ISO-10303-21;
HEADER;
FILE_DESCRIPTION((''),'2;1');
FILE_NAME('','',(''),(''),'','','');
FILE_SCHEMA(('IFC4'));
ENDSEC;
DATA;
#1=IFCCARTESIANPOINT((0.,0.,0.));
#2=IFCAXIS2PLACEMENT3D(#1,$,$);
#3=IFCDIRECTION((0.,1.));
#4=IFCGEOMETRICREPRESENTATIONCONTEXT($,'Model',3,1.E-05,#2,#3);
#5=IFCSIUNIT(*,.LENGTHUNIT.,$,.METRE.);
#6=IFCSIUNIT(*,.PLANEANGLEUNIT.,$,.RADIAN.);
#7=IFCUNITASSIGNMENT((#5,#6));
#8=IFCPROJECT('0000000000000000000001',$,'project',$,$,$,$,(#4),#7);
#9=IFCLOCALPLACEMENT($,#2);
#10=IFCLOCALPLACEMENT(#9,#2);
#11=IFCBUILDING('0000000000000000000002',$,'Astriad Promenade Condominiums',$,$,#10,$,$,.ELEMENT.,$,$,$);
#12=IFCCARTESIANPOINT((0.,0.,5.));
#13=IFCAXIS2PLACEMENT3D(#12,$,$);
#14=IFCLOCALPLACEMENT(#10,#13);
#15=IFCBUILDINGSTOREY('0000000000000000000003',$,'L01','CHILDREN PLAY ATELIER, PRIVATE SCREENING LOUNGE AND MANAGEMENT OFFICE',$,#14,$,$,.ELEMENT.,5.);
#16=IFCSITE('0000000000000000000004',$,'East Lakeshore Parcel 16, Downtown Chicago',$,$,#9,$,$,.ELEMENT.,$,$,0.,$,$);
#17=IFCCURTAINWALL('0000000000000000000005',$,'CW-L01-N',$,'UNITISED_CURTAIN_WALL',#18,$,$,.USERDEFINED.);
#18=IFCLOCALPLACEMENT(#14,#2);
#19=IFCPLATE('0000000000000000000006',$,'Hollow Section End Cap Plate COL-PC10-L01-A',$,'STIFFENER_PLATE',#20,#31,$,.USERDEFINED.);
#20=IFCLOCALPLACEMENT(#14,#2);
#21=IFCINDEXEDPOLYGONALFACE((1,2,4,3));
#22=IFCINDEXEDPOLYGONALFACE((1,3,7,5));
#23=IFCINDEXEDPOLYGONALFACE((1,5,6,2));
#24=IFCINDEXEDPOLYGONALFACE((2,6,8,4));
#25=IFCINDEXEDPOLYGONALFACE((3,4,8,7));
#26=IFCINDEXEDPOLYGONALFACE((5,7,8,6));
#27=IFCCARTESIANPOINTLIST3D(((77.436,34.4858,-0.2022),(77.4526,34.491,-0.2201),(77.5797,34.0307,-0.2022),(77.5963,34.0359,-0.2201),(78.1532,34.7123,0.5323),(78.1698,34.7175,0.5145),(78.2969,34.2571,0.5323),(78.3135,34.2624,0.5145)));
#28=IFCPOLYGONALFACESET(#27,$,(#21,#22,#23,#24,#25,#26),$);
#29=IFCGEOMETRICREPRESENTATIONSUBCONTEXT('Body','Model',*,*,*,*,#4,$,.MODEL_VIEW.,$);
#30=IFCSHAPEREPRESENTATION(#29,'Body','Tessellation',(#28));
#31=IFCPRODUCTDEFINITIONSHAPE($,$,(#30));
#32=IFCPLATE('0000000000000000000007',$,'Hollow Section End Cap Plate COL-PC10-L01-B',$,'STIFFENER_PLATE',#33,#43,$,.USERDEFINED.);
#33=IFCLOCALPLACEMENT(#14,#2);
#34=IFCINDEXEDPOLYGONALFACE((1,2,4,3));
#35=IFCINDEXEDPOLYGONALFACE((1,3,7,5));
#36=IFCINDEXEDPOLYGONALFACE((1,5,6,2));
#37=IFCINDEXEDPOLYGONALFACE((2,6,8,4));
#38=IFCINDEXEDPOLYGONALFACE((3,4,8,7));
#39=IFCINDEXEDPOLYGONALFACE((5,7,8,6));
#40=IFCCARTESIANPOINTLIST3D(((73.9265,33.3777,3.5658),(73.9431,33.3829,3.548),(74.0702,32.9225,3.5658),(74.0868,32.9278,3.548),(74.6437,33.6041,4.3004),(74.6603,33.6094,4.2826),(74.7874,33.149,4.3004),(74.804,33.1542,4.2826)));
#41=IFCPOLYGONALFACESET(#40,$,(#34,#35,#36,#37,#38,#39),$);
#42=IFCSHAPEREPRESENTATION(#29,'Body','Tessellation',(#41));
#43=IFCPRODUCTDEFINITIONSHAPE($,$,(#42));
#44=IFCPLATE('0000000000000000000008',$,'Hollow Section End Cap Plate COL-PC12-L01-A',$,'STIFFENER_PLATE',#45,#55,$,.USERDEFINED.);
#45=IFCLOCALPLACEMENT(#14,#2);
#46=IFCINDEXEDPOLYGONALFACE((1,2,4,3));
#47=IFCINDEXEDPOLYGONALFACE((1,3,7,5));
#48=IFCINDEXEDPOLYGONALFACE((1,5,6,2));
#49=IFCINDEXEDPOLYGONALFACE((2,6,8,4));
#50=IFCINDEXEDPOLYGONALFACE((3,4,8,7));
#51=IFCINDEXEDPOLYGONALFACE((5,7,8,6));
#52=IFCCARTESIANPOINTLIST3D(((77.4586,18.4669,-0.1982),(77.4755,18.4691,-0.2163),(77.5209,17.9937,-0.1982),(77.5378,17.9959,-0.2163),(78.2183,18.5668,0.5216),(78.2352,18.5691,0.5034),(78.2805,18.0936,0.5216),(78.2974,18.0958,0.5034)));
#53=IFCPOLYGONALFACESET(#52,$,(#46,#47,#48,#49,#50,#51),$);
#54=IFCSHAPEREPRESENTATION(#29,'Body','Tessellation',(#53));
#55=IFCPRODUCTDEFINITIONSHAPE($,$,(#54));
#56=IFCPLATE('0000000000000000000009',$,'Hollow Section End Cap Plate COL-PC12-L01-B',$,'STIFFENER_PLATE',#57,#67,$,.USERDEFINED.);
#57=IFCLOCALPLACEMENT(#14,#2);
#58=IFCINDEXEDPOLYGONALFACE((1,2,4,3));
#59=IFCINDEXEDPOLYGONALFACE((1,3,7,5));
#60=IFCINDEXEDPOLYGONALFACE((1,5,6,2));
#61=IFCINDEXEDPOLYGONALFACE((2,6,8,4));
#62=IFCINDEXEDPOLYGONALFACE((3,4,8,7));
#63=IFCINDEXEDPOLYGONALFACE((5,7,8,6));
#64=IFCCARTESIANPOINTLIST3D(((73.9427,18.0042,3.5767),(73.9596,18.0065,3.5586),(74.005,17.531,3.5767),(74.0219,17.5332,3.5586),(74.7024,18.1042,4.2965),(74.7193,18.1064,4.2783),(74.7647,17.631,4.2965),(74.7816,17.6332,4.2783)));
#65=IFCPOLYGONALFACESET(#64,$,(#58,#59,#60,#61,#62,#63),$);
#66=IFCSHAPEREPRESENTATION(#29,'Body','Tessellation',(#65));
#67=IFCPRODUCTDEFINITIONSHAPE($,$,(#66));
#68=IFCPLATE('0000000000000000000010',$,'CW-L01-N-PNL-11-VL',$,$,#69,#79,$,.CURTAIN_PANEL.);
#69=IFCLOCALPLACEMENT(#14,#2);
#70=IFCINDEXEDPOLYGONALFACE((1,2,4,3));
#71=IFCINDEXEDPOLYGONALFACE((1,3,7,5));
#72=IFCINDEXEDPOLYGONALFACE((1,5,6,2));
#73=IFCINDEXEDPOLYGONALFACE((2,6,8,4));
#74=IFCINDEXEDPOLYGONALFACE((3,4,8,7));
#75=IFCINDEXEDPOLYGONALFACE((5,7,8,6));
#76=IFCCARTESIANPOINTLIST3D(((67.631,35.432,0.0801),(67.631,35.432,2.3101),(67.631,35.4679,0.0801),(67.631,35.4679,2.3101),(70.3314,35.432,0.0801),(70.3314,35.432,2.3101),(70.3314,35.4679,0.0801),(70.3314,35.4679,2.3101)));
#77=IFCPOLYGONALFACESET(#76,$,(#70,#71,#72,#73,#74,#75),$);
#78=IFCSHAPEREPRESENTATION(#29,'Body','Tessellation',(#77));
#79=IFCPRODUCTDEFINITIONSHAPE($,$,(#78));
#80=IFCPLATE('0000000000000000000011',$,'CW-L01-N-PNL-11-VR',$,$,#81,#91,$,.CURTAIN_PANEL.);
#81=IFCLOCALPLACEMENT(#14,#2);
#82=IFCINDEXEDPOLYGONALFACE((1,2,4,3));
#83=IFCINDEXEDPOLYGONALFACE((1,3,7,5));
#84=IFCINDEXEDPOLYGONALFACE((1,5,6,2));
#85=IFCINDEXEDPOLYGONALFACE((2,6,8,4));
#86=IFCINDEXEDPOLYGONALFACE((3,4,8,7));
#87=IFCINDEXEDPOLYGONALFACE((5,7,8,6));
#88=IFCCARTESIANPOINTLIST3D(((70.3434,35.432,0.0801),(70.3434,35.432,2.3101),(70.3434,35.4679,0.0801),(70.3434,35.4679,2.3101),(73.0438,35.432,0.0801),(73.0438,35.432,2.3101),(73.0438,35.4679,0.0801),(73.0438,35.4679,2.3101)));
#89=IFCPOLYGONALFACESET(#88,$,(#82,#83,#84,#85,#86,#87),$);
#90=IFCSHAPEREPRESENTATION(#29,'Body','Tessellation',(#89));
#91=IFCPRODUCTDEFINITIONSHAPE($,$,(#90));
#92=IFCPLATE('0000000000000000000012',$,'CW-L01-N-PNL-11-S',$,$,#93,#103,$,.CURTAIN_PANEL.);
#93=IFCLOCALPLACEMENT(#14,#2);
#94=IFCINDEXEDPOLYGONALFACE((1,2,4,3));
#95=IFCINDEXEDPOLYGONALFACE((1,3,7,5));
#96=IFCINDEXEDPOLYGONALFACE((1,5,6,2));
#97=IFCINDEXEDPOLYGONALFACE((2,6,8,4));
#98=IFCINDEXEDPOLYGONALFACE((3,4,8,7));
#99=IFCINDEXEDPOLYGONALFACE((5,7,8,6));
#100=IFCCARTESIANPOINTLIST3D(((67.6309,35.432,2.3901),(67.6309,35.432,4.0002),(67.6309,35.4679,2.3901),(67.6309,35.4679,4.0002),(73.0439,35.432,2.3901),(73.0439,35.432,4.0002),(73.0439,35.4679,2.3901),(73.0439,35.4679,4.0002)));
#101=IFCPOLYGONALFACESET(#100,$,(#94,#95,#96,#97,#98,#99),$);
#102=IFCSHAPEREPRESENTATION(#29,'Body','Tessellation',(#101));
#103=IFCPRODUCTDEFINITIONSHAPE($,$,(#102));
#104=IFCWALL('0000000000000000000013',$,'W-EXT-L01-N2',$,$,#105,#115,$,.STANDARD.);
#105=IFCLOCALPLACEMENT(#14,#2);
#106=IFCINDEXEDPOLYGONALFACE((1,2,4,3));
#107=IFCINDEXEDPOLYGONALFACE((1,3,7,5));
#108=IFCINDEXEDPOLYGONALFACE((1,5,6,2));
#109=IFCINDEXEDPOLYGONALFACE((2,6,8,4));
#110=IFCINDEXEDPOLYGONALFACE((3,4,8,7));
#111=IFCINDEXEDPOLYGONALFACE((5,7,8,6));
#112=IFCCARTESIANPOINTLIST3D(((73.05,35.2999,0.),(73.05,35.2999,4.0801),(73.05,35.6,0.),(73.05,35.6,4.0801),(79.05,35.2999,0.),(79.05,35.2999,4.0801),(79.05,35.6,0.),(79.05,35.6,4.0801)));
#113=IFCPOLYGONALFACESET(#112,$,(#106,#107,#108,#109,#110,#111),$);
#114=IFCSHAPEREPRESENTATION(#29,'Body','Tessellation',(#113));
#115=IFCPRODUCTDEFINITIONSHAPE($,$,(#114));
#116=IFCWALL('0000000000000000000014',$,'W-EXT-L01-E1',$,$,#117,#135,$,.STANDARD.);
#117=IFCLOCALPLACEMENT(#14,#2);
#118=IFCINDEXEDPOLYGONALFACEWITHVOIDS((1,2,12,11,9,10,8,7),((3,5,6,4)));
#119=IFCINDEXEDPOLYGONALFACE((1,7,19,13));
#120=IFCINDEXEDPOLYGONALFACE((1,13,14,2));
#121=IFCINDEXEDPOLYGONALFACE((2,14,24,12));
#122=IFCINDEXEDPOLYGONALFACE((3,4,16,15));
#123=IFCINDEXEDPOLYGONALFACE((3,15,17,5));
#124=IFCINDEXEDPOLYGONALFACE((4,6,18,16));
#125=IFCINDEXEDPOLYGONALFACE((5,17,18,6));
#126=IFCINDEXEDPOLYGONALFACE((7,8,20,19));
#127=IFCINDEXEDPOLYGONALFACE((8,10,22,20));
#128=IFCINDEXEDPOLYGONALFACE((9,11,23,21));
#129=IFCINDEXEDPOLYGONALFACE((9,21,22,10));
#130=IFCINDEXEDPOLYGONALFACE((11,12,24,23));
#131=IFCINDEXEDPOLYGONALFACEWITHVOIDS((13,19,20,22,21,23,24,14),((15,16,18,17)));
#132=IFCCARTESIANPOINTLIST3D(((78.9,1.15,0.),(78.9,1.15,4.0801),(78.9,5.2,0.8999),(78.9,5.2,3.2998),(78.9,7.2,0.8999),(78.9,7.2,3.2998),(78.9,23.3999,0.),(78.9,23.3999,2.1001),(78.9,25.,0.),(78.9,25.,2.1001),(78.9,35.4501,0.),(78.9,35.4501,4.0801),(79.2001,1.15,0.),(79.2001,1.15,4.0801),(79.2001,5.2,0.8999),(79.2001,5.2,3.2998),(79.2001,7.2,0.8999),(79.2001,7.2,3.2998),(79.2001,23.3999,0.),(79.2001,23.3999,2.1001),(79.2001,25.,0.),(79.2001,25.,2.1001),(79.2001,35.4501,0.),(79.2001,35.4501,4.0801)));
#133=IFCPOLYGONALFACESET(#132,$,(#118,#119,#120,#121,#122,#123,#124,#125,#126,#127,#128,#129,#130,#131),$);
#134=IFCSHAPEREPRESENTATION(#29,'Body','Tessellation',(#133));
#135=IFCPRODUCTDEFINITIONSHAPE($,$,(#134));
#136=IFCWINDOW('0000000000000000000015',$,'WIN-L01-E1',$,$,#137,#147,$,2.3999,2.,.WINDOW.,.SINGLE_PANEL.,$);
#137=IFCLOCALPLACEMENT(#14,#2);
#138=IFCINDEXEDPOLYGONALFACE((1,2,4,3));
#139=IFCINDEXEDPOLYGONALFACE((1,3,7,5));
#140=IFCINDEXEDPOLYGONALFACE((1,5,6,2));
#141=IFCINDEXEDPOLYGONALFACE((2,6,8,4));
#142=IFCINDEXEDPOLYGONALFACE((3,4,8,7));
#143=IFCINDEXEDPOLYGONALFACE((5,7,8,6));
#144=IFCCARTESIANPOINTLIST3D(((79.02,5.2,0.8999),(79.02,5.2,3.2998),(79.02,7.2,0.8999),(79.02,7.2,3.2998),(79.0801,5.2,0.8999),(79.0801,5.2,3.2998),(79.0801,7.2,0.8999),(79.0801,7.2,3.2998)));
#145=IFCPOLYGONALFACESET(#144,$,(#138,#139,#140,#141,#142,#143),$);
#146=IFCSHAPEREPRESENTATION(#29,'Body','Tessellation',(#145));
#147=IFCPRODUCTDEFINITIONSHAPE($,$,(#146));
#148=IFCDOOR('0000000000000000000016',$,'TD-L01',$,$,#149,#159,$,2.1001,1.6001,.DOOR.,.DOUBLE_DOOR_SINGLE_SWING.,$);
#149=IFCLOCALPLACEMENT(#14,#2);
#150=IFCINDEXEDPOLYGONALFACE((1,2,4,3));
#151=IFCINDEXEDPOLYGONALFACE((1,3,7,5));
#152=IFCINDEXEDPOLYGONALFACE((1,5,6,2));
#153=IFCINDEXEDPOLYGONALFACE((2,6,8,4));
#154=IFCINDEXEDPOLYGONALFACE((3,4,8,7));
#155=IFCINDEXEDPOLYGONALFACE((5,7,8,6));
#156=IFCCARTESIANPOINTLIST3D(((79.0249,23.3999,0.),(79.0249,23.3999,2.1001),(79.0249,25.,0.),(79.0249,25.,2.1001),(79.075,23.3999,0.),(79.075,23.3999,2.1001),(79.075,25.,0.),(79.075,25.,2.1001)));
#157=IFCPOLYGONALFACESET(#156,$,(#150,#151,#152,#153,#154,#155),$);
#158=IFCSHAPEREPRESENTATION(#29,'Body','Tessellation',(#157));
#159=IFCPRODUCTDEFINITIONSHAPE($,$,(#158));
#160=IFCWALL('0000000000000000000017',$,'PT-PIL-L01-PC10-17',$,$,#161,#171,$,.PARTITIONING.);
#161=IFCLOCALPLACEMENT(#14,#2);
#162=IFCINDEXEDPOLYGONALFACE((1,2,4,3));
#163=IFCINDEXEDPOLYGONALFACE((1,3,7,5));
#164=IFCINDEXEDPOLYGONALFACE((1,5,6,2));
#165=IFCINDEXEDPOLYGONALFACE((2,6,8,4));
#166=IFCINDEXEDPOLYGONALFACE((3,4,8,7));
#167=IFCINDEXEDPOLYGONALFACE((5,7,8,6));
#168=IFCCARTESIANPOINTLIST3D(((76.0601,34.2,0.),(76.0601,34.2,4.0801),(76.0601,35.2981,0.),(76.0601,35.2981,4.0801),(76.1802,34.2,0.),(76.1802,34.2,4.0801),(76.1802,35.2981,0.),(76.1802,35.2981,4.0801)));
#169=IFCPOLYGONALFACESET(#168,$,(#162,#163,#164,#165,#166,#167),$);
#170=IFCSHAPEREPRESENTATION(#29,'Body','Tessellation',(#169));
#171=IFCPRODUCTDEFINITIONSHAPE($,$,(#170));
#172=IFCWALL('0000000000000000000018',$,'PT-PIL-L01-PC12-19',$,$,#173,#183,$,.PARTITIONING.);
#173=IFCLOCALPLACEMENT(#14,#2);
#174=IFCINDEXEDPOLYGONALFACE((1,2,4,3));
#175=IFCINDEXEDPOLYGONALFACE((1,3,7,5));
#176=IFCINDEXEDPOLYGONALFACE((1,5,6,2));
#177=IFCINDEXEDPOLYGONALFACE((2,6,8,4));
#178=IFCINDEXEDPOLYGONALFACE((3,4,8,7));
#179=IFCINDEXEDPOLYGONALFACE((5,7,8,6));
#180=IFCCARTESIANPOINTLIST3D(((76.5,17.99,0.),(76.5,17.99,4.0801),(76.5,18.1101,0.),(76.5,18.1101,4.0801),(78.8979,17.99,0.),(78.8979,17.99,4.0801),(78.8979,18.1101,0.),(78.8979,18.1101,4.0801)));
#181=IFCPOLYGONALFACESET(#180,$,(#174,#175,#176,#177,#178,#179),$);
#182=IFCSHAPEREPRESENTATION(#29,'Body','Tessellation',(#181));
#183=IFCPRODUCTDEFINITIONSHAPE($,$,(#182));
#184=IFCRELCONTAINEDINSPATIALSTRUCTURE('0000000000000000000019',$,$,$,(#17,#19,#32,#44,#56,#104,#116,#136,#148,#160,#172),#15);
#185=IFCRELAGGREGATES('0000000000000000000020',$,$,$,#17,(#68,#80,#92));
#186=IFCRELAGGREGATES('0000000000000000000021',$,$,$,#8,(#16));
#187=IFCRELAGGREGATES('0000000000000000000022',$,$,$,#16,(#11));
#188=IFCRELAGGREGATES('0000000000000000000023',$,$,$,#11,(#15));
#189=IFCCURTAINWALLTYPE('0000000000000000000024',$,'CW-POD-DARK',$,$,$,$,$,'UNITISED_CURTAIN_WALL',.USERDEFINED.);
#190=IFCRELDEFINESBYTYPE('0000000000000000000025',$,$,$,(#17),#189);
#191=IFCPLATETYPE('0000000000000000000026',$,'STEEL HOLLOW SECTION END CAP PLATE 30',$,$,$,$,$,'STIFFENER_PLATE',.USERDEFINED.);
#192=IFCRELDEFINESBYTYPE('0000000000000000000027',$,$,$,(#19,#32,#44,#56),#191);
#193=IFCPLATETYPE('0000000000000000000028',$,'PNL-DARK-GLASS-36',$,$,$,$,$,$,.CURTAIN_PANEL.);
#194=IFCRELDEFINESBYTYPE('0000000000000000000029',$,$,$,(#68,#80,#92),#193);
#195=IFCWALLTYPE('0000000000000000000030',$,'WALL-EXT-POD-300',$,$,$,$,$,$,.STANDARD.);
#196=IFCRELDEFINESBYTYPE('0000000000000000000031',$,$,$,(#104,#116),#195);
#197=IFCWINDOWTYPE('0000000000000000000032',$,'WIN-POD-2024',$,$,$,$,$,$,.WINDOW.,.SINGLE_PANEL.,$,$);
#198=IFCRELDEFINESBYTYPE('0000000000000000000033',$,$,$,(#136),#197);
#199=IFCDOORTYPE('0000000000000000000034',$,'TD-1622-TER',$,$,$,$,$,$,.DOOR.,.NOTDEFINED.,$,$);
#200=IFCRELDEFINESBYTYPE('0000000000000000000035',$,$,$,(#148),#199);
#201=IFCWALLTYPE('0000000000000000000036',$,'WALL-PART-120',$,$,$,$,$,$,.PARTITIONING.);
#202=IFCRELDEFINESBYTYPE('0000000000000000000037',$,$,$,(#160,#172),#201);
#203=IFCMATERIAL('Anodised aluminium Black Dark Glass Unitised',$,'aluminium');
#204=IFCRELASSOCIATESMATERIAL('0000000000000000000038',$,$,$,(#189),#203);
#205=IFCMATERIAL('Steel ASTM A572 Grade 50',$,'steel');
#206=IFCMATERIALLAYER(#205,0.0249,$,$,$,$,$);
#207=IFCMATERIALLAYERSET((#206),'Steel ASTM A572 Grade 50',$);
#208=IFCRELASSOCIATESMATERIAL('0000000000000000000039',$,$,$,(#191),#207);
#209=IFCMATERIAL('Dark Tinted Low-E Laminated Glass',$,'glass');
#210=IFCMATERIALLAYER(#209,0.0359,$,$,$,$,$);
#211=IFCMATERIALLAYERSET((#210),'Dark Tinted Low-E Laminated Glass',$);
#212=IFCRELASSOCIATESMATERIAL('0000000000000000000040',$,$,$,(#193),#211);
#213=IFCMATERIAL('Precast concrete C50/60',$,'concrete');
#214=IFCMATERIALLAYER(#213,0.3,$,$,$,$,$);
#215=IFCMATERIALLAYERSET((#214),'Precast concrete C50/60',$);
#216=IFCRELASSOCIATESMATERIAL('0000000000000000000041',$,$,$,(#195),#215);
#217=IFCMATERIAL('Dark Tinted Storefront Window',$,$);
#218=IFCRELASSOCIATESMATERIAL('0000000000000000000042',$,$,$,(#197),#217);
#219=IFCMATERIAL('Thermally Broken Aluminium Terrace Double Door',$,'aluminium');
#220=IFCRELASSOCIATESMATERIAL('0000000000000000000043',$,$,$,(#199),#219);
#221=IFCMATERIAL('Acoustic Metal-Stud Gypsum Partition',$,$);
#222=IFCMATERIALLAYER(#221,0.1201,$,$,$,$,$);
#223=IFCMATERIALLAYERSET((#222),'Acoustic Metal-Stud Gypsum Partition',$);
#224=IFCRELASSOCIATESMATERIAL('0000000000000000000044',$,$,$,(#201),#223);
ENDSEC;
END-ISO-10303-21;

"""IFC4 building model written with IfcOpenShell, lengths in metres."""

from ifc_helpers import new_model, si_unit, direction, frame, frame_2d, origin, origin_2d, place, context, subcontext, project, spatial, rectangle, extrude, source, transform, mapped, material, layer, layer_set, type_object, type_shapes, element, fill, aggregate, save


model = new_model("IFC4")

# Units and contexts
model_context = context("Model", 3, precision=1e-05, world=origin(), true_north=direction((0.0, 1.0)))
body_context = subcontext(model_context, "Body", "Model", "MODEL_VIEW")
ifc_project = project(units=[si_unit("LENGTHUNIT", "METRE"), si_unit("PLANEANGLEUNIT", "RADIAN")], contexts=[model_context])

# Site, building, storey
site_placement = place(None, origin())
site = spatial("IfcSite", under=ifc_project, at=site_placement, Name="East Lakeshore Parcel 16, Downtown Chicago", CompositionType="ELEMENT", RefElevation=0.0)
building_placement = place(site_placement, origin())
building = spatial("IfcBuilding", under=site, at=building_placement, Name="Astriad Promenade Condominiums", CompositionType="ELEMENT")
storey_placement = place(building_placement, frame((0.0, 0.0, 5.0)))
storey = spatial("IfcBuildingStorey", under=building, at=storey_placement, Name="L01", Description="CHILDREN PLAY ATELIER, PRIVATE SCREENING LOUNGE AND MANAGEMENT OFFICE", CompositionType="ELEMENT", Elevation=5.0)

# Curtain wall
ifc_material_1 = material(Name="Anodised aluminium Black Dark Glass Unitised", Category="aluminium")
curtain_wall_type = type_object("IfcCurtainWallType", Name="CW-POD-DARK", ElementType="UNITISED_CURTAIN_WALL", PredefinedType="USERDEFINED", material=ifc_material_1)
curtain_wall_placement = place(storey_placement, origin())
curtain_wall = element("IfcCurtainWall", 1, at=curtain_wall_placement, inside=storey, type_object=curtain_wall_type, Name="CW-L01-N", ObjectType="UNITISED_CURTAIN_WALL", PredefinedType="USERDEFINED")

# Plates
ifc_material_2 = material(Name="Steel ASTM A572 Grade 50", Category="steel")
ifc_layer_1 = layer(ifc_material_2, 0.0249)
ifc_layer_set_1 = layer_set([ifc_layer_1], Name="Steel ASTM A572 Grade 50")
plate_type_1 = type_object("IfcPlateType", Name="STEEL HOLLOW SECTION END CAP PLATE 30", ElementType="STIFFENER_PLATE", PredefinedType="USERDEFINED", material=ifc_layer_set_1)
shared_shape_1 = source(origin(), body_context, "Body", "SweptSolid", [
    extrude(rectangle(XDim=0.4773, YDim=1.0513, at=origin_2d()), origin(), (0.0, 0.0, 1.0), 0.0249),
])
type_shapes(plate_type_1, [shared_shape_1])
for number, where, z_axis, x_axis, name in (
    (2, (77.8831, 34.3767, 0.1472), (-0.666293, -0.210398, 0.715392), (0.301118, -0.953587, 0.0), "Hollow Section End Cap Plate COL-PC10-L01-A"),
    (3, (74.3735, 33.2686, 3.9153), (-0.666293, -0.210398, 0.715392), (0.301118, -0.953587, 0.0), "Hollow Section End Cap Plate COL-PC10-L01-B"),
    (4, (77.8865, 18.2825, 0.1436), (-0.678827, -0.089325, 0.728845), (0.130463, -0.991453, 0.0), "Hollow Section End Cap Plate COL-PC12-L01-A"),
    (5, (74.3706, 17.8198, 3.9185), (-0.678827, -0.089325, 0.728845), (0.130463, -0.991453, 0.0), "Hollow Section End Cap Plate COL-PC12-L01-B"),
):
    element("IfcPlate", number, at=place(storey_placement, frame(where, z_axis=z_axis, x_axis=x_axis)), inside=storey, type_object=plate_type_1, Name=name, ObjectType="STIFFENER_PLATE", PredefinedType="USERDEFINED", context=body_context, shape_type="MappedRepresentation", body=[
        mapped(shared_shape_1, transform((0.0, 0.0, 0.0), scale=1.0)),
    ])

# Plates
ifc_material_3 = material(Name="Dark Tinted Low-E Laminated Glass", Category="glass")
ifc_layer_2 = layer(ifc_material_3, 0.0359)
ifc_layer_set_2 = layer_set([ifc_layer_2], Name="Dark Tinted Low-E Laminated Glass")
plate_type_2 = type_object("IfcPlateType", Name="PNL-DARK-GLASS-36", PredefinedType="CURTAIN_PANEL", material=ifc_layer_set_2)
shared_shape_2 = source(origin(), body_context, "Body", "SweptSolid", [
    extrude(rectangle(XDim=2.7004, YDim=0.0359, at=origin_2d()), origin(), (0.0, 0.0, 1.0), 2.23),
])
plate_1_placement = place(storey_placement, frame((68.9812, 35.45, 0.0801), z_axis=(0.0, 0.0, 1.0), x_axis=(1.0, 0.0, 0.0)))
plate_1 = element("IfcPlate", 6, at=plate_1_placement, type_object=plate_type_2, Name="CW-L01-N-PNL-11-VL", PredefinedType="CURTAIN_PANEL", context=body_context, shape_type="MappedRepresentation", body=[
    mapped(shared_shape_2, transform((0.0, 0.0, 0.0), scale=1.0)),
])
plate_2_placement = place(storey_placement, frame((71.6936, 35.45, 0.0801), z_axis=(0.0, 0.0, 1.0), x_axis=(1.0, 0.0, 0.0)))
plate_2 = element("IfcPlate", 7, at=plate_2_placement, type_object=plate_type_2, Name="CW-L01-N-PNL-11-VR", PredefinedType="CURTAIN_PANEL", context=body_context, shape_type="MappedRepresentation", body=[
    mapped(shared_shape_2, transform((0.0, 0.0, 0.0), scale=1.0)),
])
shared_shape_3 = source(origin(), body_context, "Body", "SweptSolid", [
    extrude(rectangle(XDim=5.4131, YDim=0.0359, at=origin_2d()), origin(), (0.0, 0.0, 1.0), 1.6101),
])
type_shapes(plate_type_2, [shared_shape_2, shared_shape_3])
plate_3_placement = place(storey_placement, frame((70.3374, 35.45, 2.3901), z_axis=(0.0, 0.0, 1.0), x_axis=(1.0, 0.0, 0.0)))
plate_3 = element("IfcPlate", 8, at=plate_3_placement, type_object=plate_type_2, Name="CW-L01-N-PNL-11-S", PredefinedType="CURTAIN_PANEL", context=body_context, shape_type="MappedRepresentation", body=[
    mapped(shared_shape_3, transform((0.0, 0.0, 0.0), scale=1.0)),
])
aggregate(curtain_wall, [plate_1, plate_2, plate_3])

# Wall
ifc_material_4 = material(Name="Precast concrete C50/60", Category="concrete")
ifc_layer_3 = layer(ifc_material_4, 0.3)
ifc_layer_set_3 = layer_set([ifc_layer_3], Name="Precast concrete C50/60")
wall_type_1 = type_object("IfcWallType", Name="WALL-EXT-POD-300", PredefinedType="STANDARD", material=ifc_layer_set_3)
wall_1_placement = place(storey_placement, frame((73.05, 35.45, 0.0), z_axis=(0.0, 0.0, 1.0), x_axis=(1.0, 0.0, 0.0)))
element("IfcWall", 9, at=wall_1_placement, inside=storey, type_object=wall_type_1, Name="W-EXT-L01-N2", PredefinedType="STANDARD", context=body_context, shape_type="SweptSolid", body=[
    extrude(rectangle(XDim=6.0, YDim=0.3, at=frame_2d((3.0, 0.0))), origin(), (0.0, 0.0, 1.0), 4.0801),
])

# Wall, openings, window, door
wall_2_placement = place(storey_placement, frame((79.05, 35.45, 0.0), z_axis=(0.0, 0.0, 1.0), x_axis=(0.0, -1.0, 0.0)))
wall_2 = element("IfcWall", 10, at=wall_2_placement, inside=storey, type_object=wall_type_1, Name="W-EXT-L01-E1", PredefinedType="STANDARD", context=body_context, shape_type="SweptSolid", body=[
    extrude(rectangle(XDim=34.3, YDim=0.3, at=frame_2d((17.1499, 0.0))), origin(), (0.0, 0.0, 1.0), 4.0801),
])
opening_1_placement = place(wall_2_placement, frame((10.45, 0.0, 0.0)))
opening_1 = element("IfcOpeningElement", 11, at=opening_1_placement, cuts=wall_2, PredefinedType="OPENING", context=body_context, shape_type="SweptSolid", body=[
    extrude(rectangle(XDim=1.6001, YDim=2.1001, at=frame_2d((0.8, 1.05))), frame((0.0, 0.1599, 0.0), z_axis=(0.0, -1.0, 0.0), x_axis=(1.0, 0.0, 0.0)), (0.0, 0.0, 1.0), 0.3201),
])
opening_2_placement = place(wall_2_placement, frame((28.25, 0.0, 0.8999)))
opening_2 = element("IfcOpeningElement", 12, at=opening_2_placement, cuts=wall_2, PredefinedType="OPENING", context=body_context, shape_type="SweptSolid", body=[
    extrude(rectangle(XDim=2.0, YDim=2.3999, at=frame_2d((1.0, 1.2))), frame((0.0, 0.1599, 0.0), z_axis=(0.0, -1.0, 0.0), x_axis=(1.0, 0.0, 0.0)), (0.0, 0.0, 1.0), 0.3201),
])
ifc_material_5 = material(Name="Dark Tinted Storefront Window")
window_type = type_object("IfcWindowType", Name="WIN-POD-2024", PartitioningType="SINGLE_PANEL", PredefinedType="WINDOW", material=ifc_material_5)
shared_shape_4 = source(origin(), body_context, "Body", "SweptSolid", [
    extrude(rectangle(XDim=2.0, YDim=2.3999, at=frame_2d((1.0, 1.2))), frame((0.0, 0.03, 0.0), z_axis=(0.0, -1.0, 0.0), x_axis=(1.0, 0.0, 0.0)), (0.0, 0.0, 1.0), 0.0601),
])
type_shapes(window_type, [shared_shape_4])
window_placement = place(opening_2_placement, origin())
window = element("IfcWindow", 13, at=window_placement, inside=storey, type_object=window_type, Name="WIN-L01-E1", OverallHeight=2.3999, OverallWidth=2.0, PartitioningType="SINGLE_PANEL", PredefinedType="WINDOW", context=body_context, shape_type="MappedRepresentation", body=[
    mapped(shared_shape_4, transform((0.0, 0.0, 0.0), scale=1.0)),
])
fill(opening_2, window)
ifc_material_6 = material(Name="Thermally Broken Aluminium Terrace Double Door", Category="aluminium")
door_type = type_object("IfcDoorType", Name="TD-1622-TER", OperationType="NOTDEFINED", PredefinedType="DOOR", material=ifc_material_6)
shared_shape_5 = source(origin(), body_context, "Body", "SweptSolid", [
    extrude(rectangle(XDim=1.6001, YDim=2.1001, at=frame_2d((0.8, 1.05))), frame((0.0, 0.0249, 0.0), z_axis=(0.0, -1.0, 0.0), x_axis=(1.0, 0.0, 0.0)), (0.0, 0.0, 1.0), 0.05),
])
type_shapes(door_type, [shared_shape_5])
door_placement = place(opening_1_placement, origin())
door = element("IfcDoor", 14, at=door_placement, inside=storey, type_object=door_type, Name="TD-L01", OperationType="DOUBLE_DOOR_SINGLE_SWING", OverallHeight=2.1001, OverallWidth=1.6001, PredefinedType="DOOR", context=body_context, shape_type="MappedRepresentation", body=[
    mapped(shared_shape_5, transform((0.0, 0.0, 0.0), scale=1.0)),
])
fill(opening_1, door)

# Walls
ifc_material_7 = material(Name="Acoustic Metal-Stud Gypsum Partition")
ifc_layer_4 = layer(ifc_material_7, 0.1201)
ifc_layer_set_4 = layer_set([ifc_layer_4], Name="Acoustic Metal-Stud Gypsum Partition")
wall_type_2 = type_object("IfcWallType", Name="WALL-PART-120", PredefinedType="PARTITIONING", material=ifc_layer_set_4)
wall_3_placement = place(storey_placement, frame((76.1201, 34.2, 0.0), z_axis=(0.0, 0.0, 1.0), x_axis=(0.0, 1.0, 0.0)))
element("IfcWall", 15, at=wall_3_placement, inside=storey, type_object=wall_type_2, Name="PT-PIL-L01-PC10-17", PredefinedType="PARTITIONING", context=body_context, shape_type="SweptSolid", body=[
    extrude(rectangle(XDim=1.0981, YDim=0.1201, at=frame_2d((0.5491, 0.0))), origin(), (0.0, 0.0, 1.0), 4.0801),
])
wall_4_placement = place(storey_placement, frame((76.5, 18.05, 0.0), z_axis=(0.0, 0.0, 1.0), x_axis=(1.0, 0.0, 0.0)))
element("IfcWall", 16, at=wall_4_placement, inside=storey, type_object=wall_type_2, Name="PT-PIL-L01-PC12-19", PredefinedType="PARTITIONING", context=body_context, shape_type="SweptSolid", body=[
    extrude(rectangle(XDim=2.3979, YDim=0.1201, at=frame_2d((1.199, 0.0))), origin(), (0.0, 0.0, 1.0), 4.0801),
])

save(model, "model.ifc")
